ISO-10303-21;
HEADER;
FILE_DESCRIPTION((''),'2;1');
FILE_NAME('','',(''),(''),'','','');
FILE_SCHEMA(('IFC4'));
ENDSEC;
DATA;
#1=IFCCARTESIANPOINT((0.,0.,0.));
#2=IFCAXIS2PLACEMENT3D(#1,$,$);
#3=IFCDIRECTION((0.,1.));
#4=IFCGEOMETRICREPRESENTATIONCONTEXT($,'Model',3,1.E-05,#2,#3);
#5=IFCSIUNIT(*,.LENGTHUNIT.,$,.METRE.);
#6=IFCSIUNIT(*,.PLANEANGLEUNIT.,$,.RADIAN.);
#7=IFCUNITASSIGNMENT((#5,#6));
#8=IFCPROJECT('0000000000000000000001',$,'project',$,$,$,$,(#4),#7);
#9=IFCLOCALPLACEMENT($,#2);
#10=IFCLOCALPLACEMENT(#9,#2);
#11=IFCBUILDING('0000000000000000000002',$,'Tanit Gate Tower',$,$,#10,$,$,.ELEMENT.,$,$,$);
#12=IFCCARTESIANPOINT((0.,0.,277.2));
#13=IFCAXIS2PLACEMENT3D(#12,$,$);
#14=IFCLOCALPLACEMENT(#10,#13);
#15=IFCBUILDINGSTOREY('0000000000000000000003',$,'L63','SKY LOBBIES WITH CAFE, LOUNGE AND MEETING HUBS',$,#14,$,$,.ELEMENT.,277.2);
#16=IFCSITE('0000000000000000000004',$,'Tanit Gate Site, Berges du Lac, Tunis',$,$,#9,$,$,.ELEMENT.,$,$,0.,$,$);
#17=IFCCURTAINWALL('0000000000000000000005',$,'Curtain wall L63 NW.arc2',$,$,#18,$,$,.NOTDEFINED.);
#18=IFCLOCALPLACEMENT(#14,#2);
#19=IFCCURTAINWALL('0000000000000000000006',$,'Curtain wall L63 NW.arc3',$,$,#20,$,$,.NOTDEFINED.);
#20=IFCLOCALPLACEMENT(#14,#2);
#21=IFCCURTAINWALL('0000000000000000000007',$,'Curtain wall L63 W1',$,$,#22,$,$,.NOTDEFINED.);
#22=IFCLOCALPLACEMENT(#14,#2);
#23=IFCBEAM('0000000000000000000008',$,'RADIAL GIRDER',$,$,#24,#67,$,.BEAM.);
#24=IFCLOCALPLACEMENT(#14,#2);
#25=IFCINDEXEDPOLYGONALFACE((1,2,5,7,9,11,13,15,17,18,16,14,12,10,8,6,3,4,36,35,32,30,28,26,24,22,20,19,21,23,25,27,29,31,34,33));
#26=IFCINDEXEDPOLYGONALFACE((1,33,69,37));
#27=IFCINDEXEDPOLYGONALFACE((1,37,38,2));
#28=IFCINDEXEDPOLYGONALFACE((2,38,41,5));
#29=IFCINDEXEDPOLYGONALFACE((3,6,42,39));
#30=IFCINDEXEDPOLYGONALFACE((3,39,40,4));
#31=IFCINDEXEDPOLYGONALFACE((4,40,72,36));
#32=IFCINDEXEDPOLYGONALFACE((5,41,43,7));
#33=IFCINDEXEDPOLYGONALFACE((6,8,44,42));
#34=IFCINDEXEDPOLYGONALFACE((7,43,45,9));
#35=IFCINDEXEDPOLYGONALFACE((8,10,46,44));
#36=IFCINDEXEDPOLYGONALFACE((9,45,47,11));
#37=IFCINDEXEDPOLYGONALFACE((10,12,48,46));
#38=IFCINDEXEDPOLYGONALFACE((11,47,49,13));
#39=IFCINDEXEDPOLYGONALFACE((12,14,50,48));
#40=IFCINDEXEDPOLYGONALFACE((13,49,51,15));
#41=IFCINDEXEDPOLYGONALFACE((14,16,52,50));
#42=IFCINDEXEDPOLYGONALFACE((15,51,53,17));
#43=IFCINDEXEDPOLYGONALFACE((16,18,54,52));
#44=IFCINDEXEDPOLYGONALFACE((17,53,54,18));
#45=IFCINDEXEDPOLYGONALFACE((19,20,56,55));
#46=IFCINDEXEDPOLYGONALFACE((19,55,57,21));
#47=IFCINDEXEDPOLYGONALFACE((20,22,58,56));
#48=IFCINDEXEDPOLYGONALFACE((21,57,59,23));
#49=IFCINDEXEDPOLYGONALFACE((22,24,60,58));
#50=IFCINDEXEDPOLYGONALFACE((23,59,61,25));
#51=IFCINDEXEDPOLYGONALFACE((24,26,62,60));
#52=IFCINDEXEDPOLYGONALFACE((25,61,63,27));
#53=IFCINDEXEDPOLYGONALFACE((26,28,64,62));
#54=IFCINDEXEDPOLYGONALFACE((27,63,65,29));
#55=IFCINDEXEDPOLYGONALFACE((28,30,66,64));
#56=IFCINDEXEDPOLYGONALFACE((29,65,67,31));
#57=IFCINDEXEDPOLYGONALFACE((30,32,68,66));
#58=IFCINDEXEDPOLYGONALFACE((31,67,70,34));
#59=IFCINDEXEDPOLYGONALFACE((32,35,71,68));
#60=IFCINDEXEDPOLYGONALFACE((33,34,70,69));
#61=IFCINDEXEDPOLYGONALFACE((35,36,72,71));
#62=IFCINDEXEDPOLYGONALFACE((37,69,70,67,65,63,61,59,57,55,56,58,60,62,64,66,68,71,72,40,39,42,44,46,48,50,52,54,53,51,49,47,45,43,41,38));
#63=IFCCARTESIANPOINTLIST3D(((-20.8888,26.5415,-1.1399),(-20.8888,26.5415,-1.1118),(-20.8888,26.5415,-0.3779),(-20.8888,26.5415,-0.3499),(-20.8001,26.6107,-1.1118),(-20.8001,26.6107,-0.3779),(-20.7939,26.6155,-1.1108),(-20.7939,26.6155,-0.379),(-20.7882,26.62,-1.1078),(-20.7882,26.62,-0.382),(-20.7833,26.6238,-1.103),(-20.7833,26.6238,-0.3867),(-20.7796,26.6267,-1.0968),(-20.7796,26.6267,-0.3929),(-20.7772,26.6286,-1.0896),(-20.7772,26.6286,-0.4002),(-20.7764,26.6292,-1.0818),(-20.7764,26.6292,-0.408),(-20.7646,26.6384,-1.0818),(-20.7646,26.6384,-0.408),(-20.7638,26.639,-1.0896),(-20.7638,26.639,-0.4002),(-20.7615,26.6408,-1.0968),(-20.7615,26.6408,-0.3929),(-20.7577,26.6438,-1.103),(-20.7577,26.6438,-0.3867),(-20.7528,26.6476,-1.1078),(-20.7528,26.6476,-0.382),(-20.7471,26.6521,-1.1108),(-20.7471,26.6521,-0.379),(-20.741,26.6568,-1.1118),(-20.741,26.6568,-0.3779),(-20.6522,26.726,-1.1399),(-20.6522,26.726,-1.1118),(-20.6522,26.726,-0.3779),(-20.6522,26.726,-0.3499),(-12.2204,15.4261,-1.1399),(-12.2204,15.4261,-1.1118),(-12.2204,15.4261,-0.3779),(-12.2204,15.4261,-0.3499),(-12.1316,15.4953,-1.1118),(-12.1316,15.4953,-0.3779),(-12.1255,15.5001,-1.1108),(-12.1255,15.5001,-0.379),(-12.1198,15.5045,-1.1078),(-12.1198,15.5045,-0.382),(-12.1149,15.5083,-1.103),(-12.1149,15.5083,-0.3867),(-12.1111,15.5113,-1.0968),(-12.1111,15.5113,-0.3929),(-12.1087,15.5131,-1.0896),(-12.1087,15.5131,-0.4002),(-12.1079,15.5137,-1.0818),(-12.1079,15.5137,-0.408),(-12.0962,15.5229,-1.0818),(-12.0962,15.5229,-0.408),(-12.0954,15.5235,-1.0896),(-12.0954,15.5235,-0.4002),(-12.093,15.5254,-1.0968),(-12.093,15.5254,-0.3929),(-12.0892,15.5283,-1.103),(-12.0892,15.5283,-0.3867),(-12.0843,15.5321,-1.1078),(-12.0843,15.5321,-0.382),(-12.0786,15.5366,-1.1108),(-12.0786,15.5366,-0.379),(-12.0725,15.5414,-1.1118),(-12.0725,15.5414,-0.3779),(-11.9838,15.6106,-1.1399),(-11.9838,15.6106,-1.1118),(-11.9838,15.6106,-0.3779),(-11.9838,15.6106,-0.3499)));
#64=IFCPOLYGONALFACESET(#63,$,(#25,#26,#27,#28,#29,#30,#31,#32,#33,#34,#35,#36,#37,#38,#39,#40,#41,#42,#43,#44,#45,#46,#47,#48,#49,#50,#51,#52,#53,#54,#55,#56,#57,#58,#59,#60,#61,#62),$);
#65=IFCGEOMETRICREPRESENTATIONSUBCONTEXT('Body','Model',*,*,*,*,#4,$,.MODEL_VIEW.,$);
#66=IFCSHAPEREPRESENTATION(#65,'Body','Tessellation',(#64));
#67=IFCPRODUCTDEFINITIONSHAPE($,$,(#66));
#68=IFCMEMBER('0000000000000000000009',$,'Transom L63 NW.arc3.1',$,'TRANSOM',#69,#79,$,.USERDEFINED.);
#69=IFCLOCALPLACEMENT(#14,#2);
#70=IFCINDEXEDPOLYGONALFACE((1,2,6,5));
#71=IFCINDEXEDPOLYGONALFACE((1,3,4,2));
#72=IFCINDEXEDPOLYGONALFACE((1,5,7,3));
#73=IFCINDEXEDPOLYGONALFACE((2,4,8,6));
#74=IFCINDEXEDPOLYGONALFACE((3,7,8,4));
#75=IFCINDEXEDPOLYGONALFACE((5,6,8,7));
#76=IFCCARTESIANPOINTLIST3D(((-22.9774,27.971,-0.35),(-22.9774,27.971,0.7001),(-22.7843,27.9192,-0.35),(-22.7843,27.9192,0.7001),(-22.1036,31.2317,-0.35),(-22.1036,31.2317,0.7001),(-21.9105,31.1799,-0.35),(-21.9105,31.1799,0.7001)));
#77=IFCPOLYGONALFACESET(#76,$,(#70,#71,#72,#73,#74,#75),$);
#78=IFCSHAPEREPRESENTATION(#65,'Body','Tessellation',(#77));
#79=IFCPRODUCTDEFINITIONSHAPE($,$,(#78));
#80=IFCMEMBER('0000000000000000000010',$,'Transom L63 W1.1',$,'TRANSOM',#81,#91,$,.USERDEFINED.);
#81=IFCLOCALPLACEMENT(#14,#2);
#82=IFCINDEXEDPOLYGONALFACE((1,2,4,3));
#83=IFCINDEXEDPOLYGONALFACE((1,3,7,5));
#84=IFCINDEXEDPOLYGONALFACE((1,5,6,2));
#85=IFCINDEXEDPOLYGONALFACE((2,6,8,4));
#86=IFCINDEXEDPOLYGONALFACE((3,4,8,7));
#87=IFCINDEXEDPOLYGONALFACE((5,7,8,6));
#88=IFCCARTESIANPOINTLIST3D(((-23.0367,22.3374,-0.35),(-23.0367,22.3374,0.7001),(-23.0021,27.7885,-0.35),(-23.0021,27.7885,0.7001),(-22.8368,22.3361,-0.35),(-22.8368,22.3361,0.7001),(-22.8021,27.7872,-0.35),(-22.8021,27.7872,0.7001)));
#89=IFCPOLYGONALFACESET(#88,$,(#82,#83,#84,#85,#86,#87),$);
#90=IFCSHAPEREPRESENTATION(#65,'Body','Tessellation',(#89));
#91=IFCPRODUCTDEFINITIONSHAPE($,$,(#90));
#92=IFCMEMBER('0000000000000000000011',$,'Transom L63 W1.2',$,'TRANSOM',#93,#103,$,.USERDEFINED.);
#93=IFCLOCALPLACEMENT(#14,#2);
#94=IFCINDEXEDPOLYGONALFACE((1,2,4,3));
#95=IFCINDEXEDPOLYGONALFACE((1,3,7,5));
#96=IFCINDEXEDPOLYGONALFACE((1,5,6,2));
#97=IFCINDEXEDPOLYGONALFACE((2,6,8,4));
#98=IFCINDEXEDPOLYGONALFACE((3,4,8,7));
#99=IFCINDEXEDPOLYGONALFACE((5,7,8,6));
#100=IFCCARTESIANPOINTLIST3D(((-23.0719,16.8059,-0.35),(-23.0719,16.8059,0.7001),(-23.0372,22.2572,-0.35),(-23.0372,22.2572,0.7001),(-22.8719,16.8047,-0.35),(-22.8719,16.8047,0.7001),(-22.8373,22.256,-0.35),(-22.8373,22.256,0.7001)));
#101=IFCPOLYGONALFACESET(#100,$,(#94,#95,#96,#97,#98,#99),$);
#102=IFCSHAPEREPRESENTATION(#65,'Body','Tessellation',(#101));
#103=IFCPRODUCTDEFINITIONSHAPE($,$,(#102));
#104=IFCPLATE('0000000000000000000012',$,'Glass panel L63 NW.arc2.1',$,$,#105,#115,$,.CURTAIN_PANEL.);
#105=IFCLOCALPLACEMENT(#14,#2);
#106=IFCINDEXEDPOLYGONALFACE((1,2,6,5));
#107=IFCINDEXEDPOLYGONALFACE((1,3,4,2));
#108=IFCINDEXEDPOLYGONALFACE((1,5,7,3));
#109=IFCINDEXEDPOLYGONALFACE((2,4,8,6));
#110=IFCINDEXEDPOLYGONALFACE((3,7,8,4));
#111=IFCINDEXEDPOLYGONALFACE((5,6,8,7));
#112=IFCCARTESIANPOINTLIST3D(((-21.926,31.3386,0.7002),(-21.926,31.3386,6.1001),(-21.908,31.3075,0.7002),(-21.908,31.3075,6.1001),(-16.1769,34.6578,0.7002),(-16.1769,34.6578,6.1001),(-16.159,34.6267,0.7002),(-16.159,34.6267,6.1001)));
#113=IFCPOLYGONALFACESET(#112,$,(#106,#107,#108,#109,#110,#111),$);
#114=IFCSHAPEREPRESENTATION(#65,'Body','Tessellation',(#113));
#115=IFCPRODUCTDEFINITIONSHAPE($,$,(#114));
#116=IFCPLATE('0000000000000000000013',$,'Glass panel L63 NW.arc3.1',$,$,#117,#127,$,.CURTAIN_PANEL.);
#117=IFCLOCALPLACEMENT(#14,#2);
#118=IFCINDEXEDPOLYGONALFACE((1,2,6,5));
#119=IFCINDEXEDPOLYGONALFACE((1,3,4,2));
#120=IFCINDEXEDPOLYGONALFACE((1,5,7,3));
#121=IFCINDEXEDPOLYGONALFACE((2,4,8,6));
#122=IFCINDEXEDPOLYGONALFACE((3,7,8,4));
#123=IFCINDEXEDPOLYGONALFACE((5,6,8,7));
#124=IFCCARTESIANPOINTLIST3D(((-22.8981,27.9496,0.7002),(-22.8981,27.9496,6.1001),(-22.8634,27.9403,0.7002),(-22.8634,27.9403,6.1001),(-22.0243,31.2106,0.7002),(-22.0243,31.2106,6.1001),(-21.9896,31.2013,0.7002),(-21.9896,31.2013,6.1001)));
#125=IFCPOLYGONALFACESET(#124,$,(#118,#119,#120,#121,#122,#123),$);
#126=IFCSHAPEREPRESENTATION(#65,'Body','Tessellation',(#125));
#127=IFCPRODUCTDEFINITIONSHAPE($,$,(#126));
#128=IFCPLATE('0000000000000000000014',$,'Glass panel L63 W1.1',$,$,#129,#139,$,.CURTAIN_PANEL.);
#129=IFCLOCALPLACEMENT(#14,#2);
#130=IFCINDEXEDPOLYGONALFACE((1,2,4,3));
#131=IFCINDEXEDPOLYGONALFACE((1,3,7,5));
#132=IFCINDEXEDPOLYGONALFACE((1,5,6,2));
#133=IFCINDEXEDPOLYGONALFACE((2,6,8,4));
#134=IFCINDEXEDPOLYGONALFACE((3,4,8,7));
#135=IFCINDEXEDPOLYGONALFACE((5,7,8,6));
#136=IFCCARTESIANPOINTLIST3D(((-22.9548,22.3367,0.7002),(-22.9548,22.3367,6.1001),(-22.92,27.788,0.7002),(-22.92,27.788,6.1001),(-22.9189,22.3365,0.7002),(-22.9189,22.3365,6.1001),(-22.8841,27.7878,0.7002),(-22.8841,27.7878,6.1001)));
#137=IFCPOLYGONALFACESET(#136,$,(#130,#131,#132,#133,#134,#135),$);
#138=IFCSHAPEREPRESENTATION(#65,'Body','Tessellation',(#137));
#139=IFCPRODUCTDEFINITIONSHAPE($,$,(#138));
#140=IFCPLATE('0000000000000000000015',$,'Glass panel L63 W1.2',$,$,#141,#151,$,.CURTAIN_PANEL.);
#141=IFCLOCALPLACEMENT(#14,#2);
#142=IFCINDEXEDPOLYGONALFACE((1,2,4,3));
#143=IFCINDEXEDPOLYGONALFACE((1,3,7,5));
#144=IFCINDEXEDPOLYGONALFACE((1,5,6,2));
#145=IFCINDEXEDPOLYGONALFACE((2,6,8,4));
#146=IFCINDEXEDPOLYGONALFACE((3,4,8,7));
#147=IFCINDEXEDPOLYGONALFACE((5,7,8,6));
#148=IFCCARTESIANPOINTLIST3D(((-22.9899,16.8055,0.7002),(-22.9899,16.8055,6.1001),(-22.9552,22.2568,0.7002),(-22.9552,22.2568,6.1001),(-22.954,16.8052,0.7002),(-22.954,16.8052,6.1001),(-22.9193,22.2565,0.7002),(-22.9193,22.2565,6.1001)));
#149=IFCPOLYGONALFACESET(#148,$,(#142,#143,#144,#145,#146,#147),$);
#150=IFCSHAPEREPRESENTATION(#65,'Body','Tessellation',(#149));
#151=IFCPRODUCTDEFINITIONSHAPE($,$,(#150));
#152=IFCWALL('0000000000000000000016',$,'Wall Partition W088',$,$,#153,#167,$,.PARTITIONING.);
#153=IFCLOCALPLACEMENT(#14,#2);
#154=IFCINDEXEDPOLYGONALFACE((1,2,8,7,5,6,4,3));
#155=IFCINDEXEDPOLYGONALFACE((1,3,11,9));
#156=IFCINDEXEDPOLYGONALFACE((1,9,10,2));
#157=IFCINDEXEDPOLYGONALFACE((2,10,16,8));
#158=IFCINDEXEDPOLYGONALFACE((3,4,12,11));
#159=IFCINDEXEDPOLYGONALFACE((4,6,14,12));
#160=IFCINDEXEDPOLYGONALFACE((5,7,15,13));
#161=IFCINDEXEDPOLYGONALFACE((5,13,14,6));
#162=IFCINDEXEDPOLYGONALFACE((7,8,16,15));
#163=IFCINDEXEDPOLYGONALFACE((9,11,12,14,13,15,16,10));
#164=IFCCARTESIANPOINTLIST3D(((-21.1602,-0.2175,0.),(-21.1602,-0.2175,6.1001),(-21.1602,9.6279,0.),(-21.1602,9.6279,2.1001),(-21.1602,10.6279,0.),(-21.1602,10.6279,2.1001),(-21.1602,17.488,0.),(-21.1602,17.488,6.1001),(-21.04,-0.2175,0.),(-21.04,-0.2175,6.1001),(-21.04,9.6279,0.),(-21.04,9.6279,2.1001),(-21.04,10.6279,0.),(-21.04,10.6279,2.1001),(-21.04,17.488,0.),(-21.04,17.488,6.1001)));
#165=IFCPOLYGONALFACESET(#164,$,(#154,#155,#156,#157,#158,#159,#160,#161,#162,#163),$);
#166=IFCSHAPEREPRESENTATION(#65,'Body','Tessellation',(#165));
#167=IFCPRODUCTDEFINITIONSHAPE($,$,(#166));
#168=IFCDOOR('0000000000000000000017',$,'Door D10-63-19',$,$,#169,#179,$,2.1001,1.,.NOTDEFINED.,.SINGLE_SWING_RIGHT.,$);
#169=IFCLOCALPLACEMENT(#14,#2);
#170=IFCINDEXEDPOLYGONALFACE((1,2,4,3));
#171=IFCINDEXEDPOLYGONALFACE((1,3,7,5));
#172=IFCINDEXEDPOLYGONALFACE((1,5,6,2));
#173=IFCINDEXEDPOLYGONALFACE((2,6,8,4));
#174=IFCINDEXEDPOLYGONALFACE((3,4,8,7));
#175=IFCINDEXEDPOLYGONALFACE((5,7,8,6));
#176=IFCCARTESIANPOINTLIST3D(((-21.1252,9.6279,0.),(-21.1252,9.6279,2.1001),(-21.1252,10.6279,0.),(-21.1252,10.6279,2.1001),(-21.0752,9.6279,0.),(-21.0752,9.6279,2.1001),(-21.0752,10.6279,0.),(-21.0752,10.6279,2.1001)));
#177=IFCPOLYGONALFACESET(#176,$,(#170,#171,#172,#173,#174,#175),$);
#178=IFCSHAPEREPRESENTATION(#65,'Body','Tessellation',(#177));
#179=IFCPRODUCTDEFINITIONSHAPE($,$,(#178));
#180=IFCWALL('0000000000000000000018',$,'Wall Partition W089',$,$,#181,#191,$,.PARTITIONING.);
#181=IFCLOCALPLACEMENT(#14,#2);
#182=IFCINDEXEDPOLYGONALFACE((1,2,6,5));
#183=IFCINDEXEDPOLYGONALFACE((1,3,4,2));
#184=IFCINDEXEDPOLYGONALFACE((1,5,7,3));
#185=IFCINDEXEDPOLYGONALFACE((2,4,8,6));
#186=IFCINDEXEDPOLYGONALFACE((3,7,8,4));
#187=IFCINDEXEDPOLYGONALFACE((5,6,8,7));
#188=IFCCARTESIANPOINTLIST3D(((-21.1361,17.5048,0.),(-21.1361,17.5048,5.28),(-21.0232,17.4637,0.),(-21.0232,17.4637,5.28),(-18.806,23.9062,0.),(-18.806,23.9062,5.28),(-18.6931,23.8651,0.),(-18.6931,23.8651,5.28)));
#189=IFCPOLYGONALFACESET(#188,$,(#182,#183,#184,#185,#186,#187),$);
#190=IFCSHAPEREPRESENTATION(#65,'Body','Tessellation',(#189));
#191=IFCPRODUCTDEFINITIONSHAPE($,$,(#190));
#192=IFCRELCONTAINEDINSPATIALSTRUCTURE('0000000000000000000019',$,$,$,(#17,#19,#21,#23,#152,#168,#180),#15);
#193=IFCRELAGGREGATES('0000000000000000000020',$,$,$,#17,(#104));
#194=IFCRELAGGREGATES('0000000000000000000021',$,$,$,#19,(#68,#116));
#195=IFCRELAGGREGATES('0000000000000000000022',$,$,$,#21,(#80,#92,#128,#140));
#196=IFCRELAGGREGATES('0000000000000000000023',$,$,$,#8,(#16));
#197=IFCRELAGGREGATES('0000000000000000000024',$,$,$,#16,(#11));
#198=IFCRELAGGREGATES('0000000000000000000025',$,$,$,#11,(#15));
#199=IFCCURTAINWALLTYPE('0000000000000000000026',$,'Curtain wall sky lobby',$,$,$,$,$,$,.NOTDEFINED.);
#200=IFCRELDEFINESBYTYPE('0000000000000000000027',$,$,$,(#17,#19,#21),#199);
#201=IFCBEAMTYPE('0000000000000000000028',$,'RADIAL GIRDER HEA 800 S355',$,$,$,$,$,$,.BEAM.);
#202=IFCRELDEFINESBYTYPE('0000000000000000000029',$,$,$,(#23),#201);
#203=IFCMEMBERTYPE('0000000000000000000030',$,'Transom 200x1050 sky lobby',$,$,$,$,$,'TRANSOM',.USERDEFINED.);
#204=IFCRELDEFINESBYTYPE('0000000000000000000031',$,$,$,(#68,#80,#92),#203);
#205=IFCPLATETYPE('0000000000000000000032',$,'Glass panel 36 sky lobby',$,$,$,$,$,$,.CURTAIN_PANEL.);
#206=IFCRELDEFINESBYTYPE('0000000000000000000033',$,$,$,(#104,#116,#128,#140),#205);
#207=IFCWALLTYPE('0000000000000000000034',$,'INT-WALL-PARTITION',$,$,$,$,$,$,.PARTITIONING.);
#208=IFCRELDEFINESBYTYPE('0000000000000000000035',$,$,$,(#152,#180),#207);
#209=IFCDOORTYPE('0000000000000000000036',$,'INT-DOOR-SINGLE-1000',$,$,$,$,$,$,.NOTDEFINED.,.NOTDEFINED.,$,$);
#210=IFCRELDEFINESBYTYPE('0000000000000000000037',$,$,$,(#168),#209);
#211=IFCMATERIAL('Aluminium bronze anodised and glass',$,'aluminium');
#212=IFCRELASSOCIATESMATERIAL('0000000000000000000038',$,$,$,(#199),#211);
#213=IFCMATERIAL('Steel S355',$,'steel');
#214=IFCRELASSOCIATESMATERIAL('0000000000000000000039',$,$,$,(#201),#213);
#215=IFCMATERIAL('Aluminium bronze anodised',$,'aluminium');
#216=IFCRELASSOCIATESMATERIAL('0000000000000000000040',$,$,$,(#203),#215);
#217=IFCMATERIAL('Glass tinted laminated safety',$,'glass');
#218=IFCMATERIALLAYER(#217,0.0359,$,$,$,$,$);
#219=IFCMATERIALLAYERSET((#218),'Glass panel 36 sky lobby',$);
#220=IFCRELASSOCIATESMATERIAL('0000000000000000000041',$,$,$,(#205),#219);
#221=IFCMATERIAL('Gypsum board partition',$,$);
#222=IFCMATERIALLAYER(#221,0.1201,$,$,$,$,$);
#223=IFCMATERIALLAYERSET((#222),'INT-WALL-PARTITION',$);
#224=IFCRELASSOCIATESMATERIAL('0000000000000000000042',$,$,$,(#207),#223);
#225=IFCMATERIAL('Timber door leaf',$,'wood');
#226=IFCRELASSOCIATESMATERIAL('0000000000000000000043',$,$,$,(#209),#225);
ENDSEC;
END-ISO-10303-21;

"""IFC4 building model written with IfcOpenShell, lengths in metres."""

from ifc_helpers import new_model, si_unit, direction, frame, frame_2d, origin, origin_2d, place, context, subcontext, project, spatial, rectangle, i_section, extrude, material, layer, layer_set, material_profile, profile_set, type_object, element, fill, aggregate, save


model = new_model("IFC4")

# Units and contexts
model_context = context("Model", 3, precision=1e-05, world=origin(), true_north=direction((0.0, 1.0)))
body_context = subcontext(model_context, "Body", "Model", "MODEL_VIEW")
ifc_project = project(units=[si_unit("LENGTHUNIT", "METRE"), si_unit("PLANEANGLEUNIT", "RADIAN")], contexts=[model_context])

# Site, building, storey
site_placement = place(None, origin())
site = spatial("IfcSite", under=ifc_project, at=site_placement, Name="Tanit Gate Site, Berges du Lac, Tunis", CompositionType="ELEMENT", RefElevation=0.0)
building_placement = place(site_placement, origin())
building = spatial("IfcBuilding", under=site, at=building_placement, Name="Tanit Gate Tower", CompositionType="ELEMENT")
storey_placement = place(building_placement, frame((0.0, 0.0, 277.2)))
storey = spatial("IfcBuildingStorey", under=building, at=storey_placement, Name="L63", Description="SKY LOBBIES WITH CAFE, LOUNGE AND MEETING HUBS", CompositionType="ELEMENT", Elevation=277.2)

# Curtain wall
ifc_material_1 = material(Name="Aluminium bronze anodised and glass", Category="aluminium")
curtain_wall_type = type_object("IfcCurtainWallType", Name="Curtain wall sky lobby", PredefinedType="NOTDEFINED", material=ifc_material_1)
curtain_wall_1_placement = place(storey_placement, origin())
curtain_wall_1 = element("IfcCurtainWall", 1, at=curtain_wall_1_placement, inside=storey, type_object=curtain_wall_type, Name="Curtain wall L63 NW.arc2", PredefinedType="NOTDEFINED")

# Curtain walls
curtain_wall_2_placement = place(storey_placement, origin())
curtain_wall_2 = element("IfcCurtainWall", 2, at=curtain_wall_2_placement, inside=storey, type_object=curtain_wall_type, Name="Curtain wall L63 NW.arc3", PredefinedType="NOTDEFINED")
curtain_wall_3_placement = place(storey_placement, origin())
curtain_wall_3 = element("IfcCurtainWall", 3, at=curtain_wall_3_placement, inside=storey, type_object=curtain_wall_type, Name="Curtain wall L63 W1", PredefinedType="NOTDEFINED")

# Beam
ifc_material_2 = material(Name="Steel S355", Category="steel")
ifc_material_profile_1 = material_profile(ifc_material_2, i_section(OverallWidth=0.3, OverallDepth=0.79, WebThickness=0.0149, FlangeThickness=0.0281, FilletRadius=0.03, at=origin_2d()), Name="HEA 800")
ifc_profile_set_1 = profile_set([ifc_material_profile_1], Name="Steel S355")
beam_type_1 = type_object("IfcBeamType", Name="RADIAL GIRDER HEA 800 S355", PredefinedType="BEAM", material=ifc_profile_set_1)
beam_1_placement = place(storey_placement, frame((-20.7705, 26.6338, -0.7449), z_axis=(0.614961, -0.788558, 0.0), x_axis=(0.788558, 0.614961, 0.0)))
element("IfcBeam", 4, at=beam_1_placement, inside=storey, type_object=beam_type_1, Name="RADIAL GIRDER", PredefinedType="BEAM", context=body_context, shape_type="SweptSolid", body=[
    extrude(i_section(OverallWidth=0.3, OverallDepth=0.79, WebThickness=0.0149, FlangeThickness=0.0281, FilletRadius=0.03, at=origin_2d()), origin(), (0.0, 0.0, 1.0), 14.0959),
])

# Members
ifc_material_3 = material(Name="Aluminium bronze anodised", Category="aluminium")
ifc_material_profile_2 = material_profile(ifc_material_3, rectangle(XDim=0.2, YDim=1.05, at=origin_2d()), Name="200x1050 bronze transom")
ifc_profile_set_2 = profile_set([ifc_material_profile_2], Name="Aluminium bronze anodised")
member_type_1 = type_object("IfcMemberType", Name="Transom 200x1050 sky lobby", ElementType="TRANSOM", PredefinedType="USERDEFINED", material=ifc_profile_set_2)
member_1_placement = place(storey_placement, frame((-22.0071, 31.2058, 0.175), z_axis=(-0.258837, -0.965921, 0.0), x_axis=(0.965921, -0.258837, 0.0)))
member_1 = element("IfcMember", 5, at=member_1_placement, type_object=member_type_1, Name="Transom L63 NW.arc3.1", ObjectType="TRANSOM", PredefinedType="USERDEFINED", context=body_context, shape_type="SweptSolid", body=[
    extrude(rectangle(XDim=0.2, YDim=1.05, at=origin_2d()), origin(), (0.0, 0.0, 1.0), 3.3757),
])
member_2_placement = place(storey_placement, frame((-22.9021, 27.7878, 0.175), z_axis=(-0.00636, -0.99998, 0.0), x_axis=(0.99998, -0.00636, 0.0)))
member_2 = element("IfcMember", 6, at=member_2_placement, type_object=member_type_1, Name="Transom L63 W1.1", ObjectType="TRANSOM", PredefinedType="USERDEFINED", context=body_context, shape_type="SweptSolid", body=[
    extrude(rectangle(XDim=0.2, YDim=1.05, at=origin_2d()), origin(), (0.0, 0.0, 1.0), 5.4512),
])
member_3_placement = place(storey_placement, frame((-22.9373, 22.2566, 0.175), z_axis=(-0.006359, -0.99998, 0.0), x_axis=(0.99998, -0.006359, 0.0)))
member_3 = element("IfcMember", 7, at=member_3_placement, type_object=member_type_1, Name="Transom L63 W1.2", ObjectType="TRANSOM", PredefinedType="USERDEFINED", context=body_context, shape_type="SweptSolid", body=[
    extrude(rectangle(XDim=0.2, YDim=1.05, at=origin_2d()), origin(), (0.0, 0.0, 1.0), 5.4514),
])

# Plates
ifc_material_4 = material(Name="Glass tinted laminated safety", Category="glass")
ifc_layer_1 = layer(ifc_material_4, 0.0359)
ifc_layer_set_1 = layer_set([ifc_layer_1], Name="Glass panel 36 sky lobby")
plate_type = type_object("IfcPlateType", Name="Glass panel 36 sky lobby", PredefinedType="CURTAIN_PANEL", material=ifc_layer_set_1)
plate_1_placement = place(storey_placement, frame((-19.0425, 32.9827, 0.7002), z_axis=(0.0, 0.0, 1.0), x_axis=(-0.866025, -0.5, 0.0)))
plate_1 = element("IfcPlate", 8, at=plate_1_placement, type_object=plate_type, Name="Glass panel L63 NW.arc2.1", PredefinedType="CURTAIN_PANEL", context=body_context, shape_type="SweptSolid", body=[
    extrude(rectangle(XDim=6.6384, YDim=0.0359, at=origin_2d()), origin(), (0.0, 0.0, 1.0), 5.3999),
])
aggregate(curtain_wall_1, [plate_1])
plate_2_placement = place(storey_placement, frame((-22.4438, 29.5754, 0.7002), z_axis=(0.0, 0.0, 1.0), x_axis=(-0.258819, -0.965926, 0.0)))
plate_2 = element("IfcPlate", 9, at=plate_2_placement, type_object=plate_type, Name="Glass panel L63 NW.arc3.1", PredefinedType="CURTAIN_PANEL", context=body_context, shape_type="SweptSolid", body=[
    extrude(rectangle(XDim=3.376, YDim=0.0359, at=origin_2d()), origin(), (0.0, 0.0, 1.0), 5.3999),
])
aggregate(curtain_wall_2, [member_1, plate_2])
plate_3_placement = place(storey_placement, frame((-22.9194, 25.0623, 0.7002), z_axis=(0.0, 0.0, 1.0), x_axis=(-0.006374, -0.99998, 0.0)))
plate_3 = element("IfcPlate", 10, at=plate_3_placement, type_object=plate_type, Name="Glass panel L63 W1.1", PredefinedType="CURTAIN_PANEL", context=body_context, shape_type="SweptSolid", body=[
    extrude(rectangle(XDim=5.4514, YDim=0.0359, at=origin_2d()), origin(), (0.0, 0.0, 1.0), 5.3999),
])
plate_4_placement = place(storey_placement, frame((-22.9546, 19.531, 0.7002), z_axis=(0.0, 0.0, 1.0), x_axis=(-0.006374, -0.99998, 0.0)))
plate_4 = element("IfcPlate", 11, at=plate_4_placement, type_object=plate_type, Name="Glass panel L63 W1.2", PredefinedType="CURTAIN_PANEL", context=body_context, shape_type="SweptSolid", body=[
    extrude(rectangle(XDim=5.4514, YDim=0.0359, at=origin_2d()), origin(), (0.0, 0.0, 1.0), 5.3999),
])
aggregate(curtain_wall_3, [member_2, member_3, plate_3, plate_4])

# Wall, opening, door
ifc_material_5 = material(Name="Gypsum board partition")
ifc_layer_2 = layer(ifc_material_5, 0.1201)
ifc_layer_set_2 = layer_set([ifc_layer_2], Name="INT-WALL-PARTITION")
wall_type = type_object("IfcWallType", Name="INT-WALL-PARTITION", PredefinedType="PARTITIONING", material=ifc_layer_set_2)
wall_1_placement = place(storey_placement, frame((-21.1001, 17.488, 0.0), z_axis=(0.0, 0.0, 1.0), x_axis=(0.0, -1.0, 0.0)))
wall_1 = element("IfcWall", 12, at=wall_1_placement, inside=storey, type_object=wall_type, Name="Wall Partition W088", PredefinedType="PARTITIONING", context=body_context, shape_type="SweptSolid", body=[
    extrude(rectangle(XDim=17.7056, YDim=0.1201, at=frame_2d((8.8528, 0.0))), origin(), (0.0, 0.0, 1.0), 6.1001),
])
opening_placement = place(wall_1_placement, frame((6.8601, 0.0, 0.0)))
opening = element("IfcOpeningElement", 13, at=opening_placement, cuts=wall_1, PredefinedType="OPENING", context=body_context, shape_type="SweptSolid", body=[
    extrude(rectangle(XDim=1.0, YDim=2.1001, at=frame_2d((0.5, 1.05))), frame((0.0, 0.0701, 0.0), z_axis=(0.0, -1.0, 0.0), x_axis=(1.0, 0.0, 0.0)), (0.0, 0.0, 1.0), 0.1401),
])
ifc_material_6 = material(Name="Timber door leaf", Category="wood")
door_type = type_object("IfcDoorType", Name="INT-DOOR-SINGLE-1000", OperationType="NOTDEFINED", PredefinedType="NOTDEFINED", material=ifc_material_6)
door_placement = place(opening_placement, origin())
door = element("IfcDoor", 14, at=door_placement, inside=storey, type_object=door_type, Name="Door D10-63-19", OperationType="SINGLE_SWING_RIGHT", OverallHeight=2.1001, OverallWidth=1.0, PredefinedType="NOTDEFINED", context=body_context, shape_type="SweptSolid", body=[
    extrude(rectangle(XDim=1.0, YDim=2.1001, at=frame_2d((0.5, 1.05))), frame((0.0, 0.0249, 0.0), z_axis=(0.0, -1.0, 0.0), x_axis=(1.0, 0.0, 0.0)), (0.0, 0.0, 1.0), 0.05),
])
fill(opening, door)

# Wall
wall_2_placement = place(storey_placement, frame((-18.7495, 23.8857, 0.0), z_axis=(0.0, 0.0, 1.0), x_axis=(-0.342042, -0.939685, 0.0)))
element("IfcWall", 15, at=wall_2_placement, inside=storey, type_object=wall_type, Name="Wall Partition W089", PredefinedType="PARTITIONING", context=body_context, shape_type="SweptSolid", body=[
    extrude(rectangle(XDim=6.8123, YDim=0.1201, at=frame_2d((3.4062, 0.0))), origin(), (0.0, 0.0, 1.0), 5.28),
])

save(model, "model.ifc")
